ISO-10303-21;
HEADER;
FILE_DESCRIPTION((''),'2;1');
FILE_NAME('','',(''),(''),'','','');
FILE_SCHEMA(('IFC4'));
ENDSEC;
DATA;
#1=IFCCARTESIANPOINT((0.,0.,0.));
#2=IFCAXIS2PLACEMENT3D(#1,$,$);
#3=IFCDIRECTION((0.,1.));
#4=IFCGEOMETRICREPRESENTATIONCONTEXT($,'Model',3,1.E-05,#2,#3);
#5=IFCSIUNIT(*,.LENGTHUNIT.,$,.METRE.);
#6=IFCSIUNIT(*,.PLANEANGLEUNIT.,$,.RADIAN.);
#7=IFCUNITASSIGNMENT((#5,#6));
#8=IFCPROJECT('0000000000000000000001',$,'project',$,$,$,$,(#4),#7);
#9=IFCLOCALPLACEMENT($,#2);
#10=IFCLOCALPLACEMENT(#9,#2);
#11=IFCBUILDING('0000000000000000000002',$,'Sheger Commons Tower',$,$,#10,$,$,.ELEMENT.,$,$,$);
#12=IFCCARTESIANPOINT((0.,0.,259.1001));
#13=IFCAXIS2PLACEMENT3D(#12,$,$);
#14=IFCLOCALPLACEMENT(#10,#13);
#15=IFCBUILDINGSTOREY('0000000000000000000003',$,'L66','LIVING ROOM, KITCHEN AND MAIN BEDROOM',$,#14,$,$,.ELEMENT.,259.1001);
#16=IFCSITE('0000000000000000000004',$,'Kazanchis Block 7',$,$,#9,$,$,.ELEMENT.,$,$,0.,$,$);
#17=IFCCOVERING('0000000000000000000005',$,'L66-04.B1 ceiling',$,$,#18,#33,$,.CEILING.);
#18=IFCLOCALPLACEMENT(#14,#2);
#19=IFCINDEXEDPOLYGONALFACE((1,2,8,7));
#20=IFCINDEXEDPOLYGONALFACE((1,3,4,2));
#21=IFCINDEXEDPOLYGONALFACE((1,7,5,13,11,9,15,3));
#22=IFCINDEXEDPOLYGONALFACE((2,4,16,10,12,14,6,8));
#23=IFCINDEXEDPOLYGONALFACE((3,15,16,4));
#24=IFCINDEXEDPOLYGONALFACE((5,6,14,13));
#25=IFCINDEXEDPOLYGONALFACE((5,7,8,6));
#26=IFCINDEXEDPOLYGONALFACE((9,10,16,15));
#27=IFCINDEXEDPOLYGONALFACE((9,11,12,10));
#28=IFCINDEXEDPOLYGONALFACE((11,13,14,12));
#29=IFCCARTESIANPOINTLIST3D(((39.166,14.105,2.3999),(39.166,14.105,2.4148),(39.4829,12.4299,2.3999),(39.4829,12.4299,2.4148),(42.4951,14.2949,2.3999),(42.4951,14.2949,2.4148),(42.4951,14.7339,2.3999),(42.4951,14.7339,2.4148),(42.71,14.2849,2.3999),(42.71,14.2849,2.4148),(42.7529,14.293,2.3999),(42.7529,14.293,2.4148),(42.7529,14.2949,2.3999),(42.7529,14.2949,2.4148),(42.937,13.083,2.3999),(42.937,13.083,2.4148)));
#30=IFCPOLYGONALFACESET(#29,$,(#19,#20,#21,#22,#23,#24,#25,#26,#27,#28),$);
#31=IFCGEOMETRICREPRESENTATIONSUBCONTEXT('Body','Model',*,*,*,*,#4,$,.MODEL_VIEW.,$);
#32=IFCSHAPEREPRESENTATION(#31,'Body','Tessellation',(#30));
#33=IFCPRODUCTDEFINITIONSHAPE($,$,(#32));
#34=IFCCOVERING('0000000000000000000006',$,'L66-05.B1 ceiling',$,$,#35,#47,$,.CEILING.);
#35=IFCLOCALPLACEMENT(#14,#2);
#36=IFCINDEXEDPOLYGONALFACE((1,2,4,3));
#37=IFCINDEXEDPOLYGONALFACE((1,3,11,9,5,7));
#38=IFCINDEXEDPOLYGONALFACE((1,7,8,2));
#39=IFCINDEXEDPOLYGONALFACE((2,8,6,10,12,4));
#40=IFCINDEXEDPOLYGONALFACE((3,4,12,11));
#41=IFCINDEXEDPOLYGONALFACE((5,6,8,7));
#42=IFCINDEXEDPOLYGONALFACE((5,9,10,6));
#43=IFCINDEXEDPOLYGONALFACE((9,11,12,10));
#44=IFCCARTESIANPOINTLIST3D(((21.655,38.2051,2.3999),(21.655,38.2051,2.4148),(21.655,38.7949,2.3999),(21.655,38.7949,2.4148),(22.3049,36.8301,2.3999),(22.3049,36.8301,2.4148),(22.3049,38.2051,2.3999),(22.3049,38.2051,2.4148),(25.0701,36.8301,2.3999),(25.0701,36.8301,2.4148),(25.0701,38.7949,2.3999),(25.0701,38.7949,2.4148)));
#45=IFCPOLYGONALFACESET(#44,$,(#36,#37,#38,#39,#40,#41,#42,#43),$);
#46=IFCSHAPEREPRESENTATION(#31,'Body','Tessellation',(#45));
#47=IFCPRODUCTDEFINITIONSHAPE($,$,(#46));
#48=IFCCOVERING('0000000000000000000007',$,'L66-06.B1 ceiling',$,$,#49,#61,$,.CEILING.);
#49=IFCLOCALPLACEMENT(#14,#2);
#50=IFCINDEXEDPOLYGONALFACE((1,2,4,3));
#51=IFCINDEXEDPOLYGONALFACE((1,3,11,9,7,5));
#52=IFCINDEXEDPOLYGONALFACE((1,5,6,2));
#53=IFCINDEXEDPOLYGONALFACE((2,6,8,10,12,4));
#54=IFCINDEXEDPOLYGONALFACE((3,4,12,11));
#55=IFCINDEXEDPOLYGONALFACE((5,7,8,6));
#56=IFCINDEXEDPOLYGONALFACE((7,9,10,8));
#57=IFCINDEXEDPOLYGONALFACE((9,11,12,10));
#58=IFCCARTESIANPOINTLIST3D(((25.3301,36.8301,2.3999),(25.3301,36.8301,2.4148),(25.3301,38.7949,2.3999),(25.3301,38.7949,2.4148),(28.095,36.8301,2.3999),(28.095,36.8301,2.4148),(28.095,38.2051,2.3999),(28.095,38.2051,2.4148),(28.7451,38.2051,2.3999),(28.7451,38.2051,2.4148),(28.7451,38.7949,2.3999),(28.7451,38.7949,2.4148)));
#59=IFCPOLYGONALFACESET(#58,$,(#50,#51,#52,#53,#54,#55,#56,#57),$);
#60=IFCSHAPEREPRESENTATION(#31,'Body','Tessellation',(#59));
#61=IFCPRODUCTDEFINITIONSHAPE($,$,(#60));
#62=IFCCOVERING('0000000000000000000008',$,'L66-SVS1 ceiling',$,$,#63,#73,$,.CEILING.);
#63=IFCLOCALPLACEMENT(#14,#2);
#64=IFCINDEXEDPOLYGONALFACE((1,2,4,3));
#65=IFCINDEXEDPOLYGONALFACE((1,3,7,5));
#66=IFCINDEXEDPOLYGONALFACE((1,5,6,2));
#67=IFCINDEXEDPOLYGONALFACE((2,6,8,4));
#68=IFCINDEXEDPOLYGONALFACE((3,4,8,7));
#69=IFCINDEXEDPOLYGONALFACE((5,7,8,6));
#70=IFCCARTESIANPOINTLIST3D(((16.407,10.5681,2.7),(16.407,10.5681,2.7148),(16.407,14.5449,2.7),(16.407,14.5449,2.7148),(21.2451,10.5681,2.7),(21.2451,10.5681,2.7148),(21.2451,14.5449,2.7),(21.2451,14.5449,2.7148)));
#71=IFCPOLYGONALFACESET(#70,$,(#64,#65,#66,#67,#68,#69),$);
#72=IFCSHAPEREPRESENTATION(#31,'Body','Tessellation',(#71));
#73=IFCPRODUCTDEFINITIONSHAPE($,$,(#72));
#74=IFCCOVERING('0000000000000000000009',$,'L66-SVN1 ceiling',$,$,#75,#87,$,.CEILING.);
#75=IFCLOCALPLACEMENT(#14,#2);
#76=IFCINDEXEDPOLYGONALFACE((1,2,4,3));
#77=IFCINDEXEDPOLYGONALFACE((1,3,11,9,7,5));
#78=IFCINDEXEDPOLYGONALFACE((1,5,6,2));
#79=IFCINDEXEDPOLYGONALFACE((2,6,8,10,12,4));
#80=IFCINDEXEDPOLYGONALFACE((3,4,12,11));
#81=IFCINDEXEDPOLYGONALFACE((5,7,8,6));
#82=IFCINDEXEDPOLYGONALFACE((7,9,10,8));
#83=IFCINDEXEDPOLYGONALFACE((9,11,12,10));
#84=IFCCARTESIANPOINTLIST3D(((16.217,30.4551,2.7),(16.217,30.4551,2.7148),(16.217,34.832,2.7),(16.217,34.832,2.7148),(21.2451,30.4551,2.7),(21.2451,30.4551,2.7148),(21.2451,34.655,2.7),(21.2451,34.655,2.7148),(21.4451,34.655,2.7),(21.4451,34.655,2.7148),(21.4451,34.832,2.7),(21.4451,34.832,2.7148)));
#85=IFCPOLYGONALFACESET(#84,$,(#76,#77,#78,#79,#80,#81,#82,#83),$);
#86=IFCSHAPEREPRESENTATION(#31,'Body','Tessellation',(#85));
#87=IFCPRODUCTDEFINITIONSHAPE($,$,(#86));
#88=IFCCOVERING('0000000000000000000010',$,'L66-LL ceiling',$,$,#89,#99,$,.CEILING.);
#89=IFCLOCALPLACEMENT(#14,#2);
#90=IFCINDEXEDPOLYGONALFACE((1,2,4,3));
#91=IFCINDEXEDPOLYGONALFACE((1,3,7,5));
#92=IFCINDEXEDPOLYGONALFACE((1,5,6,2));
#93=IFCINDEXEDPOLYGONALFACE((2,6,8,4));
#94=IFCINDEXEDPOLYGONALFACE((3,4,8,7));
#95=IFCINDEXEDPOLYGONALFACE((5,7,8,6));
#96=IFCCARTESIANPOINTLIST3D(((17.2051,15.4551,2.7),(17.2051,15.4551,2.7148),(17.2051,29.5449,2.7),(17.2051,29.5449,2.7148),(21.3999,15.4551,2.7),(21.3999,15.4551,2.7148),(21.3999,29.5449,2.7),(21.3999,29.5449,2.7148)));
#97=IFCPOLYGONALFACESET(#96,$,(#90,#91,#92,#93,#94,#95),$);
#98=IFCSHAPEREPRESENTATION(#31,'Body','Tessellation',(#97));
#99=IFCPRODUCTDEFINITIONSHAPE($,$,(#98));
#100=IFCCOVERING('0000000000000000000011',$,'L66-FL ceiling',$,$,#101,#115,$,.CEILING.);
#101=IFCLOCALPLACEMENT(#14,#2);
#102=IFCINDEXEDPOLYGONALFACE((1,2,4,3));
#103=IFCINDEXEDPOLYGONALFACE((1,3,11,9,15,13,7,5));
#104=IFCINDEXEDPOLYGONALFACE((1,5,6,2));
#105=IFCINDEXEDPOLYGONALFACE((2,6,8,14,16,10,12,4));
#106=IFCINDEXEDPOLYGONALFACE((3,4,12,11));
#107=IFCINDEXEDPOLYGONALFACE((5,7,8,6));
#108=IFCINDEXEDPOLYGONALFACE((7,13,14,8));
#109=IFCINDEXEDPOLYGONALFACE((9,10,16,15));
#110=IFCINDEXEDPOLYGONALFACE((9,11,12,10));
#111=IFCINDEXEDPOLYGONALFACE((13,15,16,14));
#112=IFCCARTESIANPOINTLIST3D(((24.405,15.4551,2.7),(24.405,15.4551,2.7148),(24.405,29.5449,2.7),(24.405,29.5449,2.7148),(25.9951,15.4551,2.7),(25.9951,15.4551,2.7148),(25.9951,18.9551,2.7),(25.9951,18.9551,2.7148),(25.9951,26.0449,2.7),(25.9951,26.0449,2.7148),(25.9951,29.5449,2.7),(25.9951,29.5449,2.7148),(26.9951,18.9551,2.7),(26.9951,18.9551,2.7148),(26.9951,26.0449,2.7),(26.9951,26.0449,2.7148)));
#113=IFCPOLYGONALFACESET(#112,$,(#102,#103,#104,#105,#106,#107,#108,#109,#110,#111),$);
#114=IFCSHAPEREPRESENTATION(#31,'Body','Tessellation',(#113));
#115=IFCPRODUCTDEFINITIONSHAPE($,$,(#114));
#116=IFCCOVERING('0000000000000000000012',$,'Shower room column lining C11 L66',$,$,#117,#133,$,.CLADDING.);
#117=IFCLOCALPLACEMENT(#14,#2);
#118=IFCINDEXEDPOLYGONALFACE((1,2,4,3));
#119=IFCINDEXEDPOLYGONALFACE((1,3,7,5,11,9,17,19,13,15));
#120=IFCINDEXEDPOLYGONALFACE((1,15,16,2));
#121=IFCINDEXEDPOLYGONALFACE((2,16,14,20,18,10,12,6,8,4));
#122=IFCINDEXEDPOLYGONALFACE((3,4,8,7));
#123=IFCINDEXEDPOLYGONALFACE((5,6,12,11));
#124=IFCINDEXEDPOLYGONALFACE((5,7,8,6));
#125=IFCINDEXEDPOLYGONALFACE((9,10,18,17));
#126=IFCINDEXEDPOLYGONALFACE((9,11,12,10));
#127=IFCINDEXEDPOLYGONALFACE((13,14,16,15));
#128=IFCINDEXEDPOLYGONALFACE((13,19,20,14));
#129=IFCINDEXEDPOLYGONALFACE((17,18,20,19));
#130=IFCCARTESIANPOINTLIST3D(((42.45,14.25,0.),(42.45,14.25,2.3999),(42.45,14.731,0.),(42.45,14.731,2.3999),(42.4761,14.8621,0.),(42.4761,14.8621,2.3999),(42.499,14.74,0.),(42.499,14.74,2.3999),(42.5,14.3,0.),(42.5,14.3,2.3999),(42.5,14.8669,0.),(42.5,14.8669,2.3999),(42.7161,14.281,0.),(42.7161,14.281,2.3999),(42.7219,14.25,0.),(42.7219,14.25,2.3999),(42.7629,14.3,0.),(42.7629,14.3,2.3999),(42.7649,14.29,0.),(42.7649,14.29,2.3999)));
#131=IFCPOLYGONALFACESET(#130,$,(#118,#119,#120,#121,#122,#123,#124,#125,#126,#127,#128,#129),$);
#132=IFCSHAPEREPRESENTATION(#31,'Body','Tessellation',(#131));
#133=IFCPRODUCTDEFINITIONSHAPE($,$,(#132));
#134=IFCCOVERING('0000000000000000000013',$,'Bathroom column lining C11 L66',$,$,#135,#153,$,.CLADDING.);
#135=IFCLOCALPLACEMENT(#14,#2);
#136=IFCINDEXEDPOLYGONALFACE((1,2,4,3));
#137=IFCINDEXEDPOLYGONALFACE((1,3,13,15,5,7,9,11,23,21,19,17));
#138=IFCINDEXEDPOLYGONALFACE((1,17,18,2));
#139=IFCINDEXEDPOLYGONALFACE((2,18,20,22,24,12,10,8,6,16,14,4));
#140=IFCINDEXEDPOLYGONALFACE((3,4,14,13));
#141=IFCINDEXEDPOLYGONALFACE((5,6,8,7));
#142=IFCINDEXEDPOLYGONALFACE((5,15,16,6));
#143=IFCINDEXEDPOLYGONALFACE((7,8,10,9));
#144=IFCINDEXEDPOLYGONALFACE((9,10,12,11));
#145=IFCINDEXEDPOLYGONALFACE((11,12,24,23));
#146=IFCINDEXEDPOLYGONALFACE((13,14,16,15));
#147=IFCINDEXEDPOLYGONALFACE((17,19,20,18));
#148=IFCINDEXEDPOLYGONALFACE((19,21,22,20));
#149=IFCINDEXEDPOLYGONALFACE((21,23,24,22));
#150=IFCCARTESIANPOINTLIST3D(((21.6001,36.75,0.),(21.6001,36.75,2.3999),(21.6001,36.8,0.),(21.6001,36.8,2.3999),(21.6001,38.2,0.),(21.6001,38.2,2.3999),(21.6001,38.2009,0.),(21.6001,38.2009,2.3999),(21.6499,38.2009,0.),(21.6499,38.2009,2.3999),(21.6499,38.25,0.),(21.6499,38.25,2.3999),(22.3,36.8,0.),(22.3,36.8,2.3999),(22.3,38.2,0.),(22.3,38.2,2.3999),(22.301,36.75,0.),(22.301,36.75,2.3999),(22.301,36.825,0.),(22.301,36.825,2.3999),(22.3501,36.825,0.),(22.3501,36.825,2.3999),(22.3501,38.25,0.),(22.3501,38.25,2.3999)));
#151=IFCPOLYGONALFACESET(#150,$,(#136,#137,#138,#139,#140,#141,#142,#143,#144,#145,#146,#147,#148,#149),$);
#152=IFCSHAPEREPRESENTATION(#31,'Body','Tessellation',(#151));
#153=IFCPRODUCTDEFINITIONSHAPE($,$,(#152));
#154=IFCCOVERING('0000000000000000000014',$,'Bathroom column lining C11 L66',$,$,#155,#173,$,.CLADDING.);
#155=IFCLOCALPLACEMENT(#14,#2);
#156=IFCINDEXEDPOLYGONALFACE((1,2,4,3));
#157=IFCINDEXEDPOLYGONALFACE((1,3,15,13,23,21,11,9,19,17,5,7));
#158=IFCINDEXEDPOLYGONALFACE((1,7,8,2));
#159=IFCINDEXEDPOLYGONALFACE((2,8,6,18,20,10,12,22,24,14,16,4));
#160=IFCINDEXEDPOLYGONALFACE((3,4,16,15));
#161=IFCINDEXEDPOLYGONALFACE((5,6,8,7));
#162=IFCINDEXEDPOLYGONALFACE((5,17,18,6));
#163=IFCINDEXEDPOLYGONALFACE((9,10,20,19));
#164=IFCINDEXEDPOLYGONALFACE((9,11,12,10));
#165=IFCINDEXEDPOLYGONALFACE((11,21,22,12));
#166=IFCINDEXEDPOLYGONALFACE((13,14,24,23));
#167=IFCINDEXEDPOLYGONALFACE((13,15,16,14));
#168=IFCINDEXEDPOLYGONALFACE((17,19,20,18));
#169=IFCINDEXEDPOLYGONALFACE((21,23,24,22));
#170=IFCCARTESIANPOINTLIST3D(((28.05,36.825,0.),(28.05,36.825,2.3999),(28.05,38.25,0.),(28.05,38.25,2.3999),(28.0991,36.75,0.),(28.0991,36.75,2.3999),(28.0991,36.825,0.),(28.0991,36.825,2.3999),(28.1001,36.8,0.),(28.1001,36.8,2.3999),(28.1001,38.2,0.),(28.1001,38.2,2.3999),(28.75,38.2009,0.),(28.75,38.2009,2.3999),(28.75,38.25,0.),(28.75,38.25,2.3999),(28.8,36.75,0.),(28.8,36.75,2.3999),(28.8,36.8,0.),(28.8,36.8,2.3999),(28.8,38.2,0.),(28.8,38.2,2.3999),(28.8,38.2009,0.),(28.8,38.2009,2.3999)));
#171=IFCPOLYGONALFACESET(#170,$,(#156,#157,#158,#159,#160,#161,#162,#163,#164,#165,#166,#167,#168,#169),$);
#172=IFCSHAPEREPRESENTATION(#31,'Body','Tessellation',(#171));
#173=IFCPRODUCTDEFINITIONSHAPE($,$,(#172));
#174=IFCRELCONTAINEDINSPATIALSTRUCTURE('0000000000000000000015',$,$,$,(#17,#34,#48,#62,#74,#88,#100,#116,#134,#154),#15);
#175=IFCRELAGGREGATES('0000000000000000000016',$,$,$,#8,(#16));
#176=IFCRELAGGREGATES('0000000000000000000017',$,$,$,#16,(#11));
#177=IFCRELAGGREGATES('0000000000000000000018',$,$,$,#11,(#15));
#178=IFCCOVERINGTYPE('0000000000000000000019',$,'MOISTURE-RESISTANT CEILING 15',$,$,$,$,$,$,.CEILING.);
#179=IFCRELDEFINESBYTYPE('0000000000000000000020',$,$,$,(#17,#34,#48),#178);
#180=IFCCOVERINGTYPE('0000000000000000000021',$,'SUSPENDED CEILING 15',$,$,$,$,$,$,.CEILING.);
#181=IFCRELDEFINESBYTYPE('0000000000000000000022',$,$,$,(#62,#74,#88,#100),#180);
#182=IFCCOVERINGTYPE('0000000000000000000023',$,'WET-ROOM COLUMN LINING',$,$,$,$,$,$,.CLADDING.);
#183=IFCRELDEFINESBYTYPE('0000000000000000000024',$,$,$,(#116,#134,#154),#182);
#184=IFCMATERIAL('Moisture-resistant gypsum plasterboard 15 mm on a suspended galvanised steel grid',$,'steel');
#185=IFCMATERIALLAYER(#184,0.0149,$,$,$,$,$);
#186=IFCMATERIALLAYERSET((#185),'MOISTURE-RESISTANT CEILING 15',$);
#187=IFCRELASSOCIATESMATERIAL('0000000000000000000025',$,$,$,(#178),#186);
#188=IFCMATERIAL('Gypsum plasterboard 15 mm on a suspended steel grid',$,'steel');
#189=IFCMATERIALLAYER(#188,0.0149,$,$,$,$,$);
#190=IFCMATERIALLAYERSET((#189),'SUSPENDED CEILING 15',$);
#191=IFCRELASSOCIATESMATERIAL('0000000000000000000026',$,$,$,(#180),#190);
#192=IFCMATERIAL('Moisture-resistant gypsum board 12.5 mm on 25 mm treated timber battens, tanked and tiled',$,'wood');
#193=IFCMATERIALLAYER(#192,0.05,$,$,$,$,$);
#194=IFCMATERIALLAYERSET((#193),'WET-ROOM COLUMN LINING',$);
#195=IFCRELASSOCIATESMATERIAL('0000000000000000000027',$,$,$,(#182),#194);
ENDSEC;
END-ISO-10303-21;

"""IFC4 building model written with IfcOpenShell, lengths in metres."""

from ifc_helpers import new_model, si_unit, direction, frame, origin, place, context, subcontext, project, spatial, polyline, outline, extrude, material, layer, layer_set, type_object, element, save


model = new_model("IFC4")

# Units and contexts
model_context = context("Model", 3, precision=1e-05, world=origin(), true_north=direction((0.0, 1.0)))
body_context = subcontext(model_context, "Body", "Model", "MODEL_VIEW")
ifc_project = project(units=[si_unit("LENGTHUNIT", "METRE"), si_unit("PLANEANGLEUNIT", "RADIAN")], contexts=[model_context])

# Site, building, storey
site_placement = place(None, origin())
site = spatial("IfcSite", under=ifc_project, at=site_placement, Name="Kazanchis Block 7", CompositionType="ELEMENT", RefElevation=0.0)
building_placement = place(site_placement, origin())
building = spatial("IfcBuilding", under=site, at=building_placement, Name="Sheger Commons Tower", CompositionType="ELEMENT")
storey_placement = place(building_placement, frame((0.0, 0.0, 259.1001)))
storey = spatial("IfcBuildingStorey", under=building, at=storey_placement, Name="L66", Description="LIVING ROOM, KITCHEN AND MAIN BEDROOM", CompositionType="ELEMENT", Elevation=259.1001)

# Coverings
ifc_material_1 = material(Name="Moisture-resistant gypsum plasterboard 15 mm on a suspended galvanised steel grid", Category="steel")
ifc_layer_1 = layer(ifc_material_1, 0.0149)
ifc_layer_set_1 = layer_set([ifc_layer_1], Name="MOISTURE-RESISTANT CEILING 15")
covering_type_1 = type_object("IfcCoveringType", Name="MOISTURE-RESISTANT CEILING 15", PredefinedType="CEILING", material=ifc_layer_set_1)
covering_1_placement = place(storey_placement, frame((0.0, 0.0, 2.3999)))
element("IfcCovering", 1, at=covering_1_placement, inside=storey, type_object=covering_type_1, Name="L66-04.B1 ceiling", PredefinedType="CEILING", context=body_context, shape_type="SweptSolid", body=[
    extrude(outline(polyline([(39.4829, 12.4299), (42.937, 13.083), (42.71, 14.2849), (42.7529, 14.293), (42.7529, 14.2949), (42.4951, 14.2949), (42.4951, 14.7339), (39.166, 14.105), (39.4829, 12.4299)])), origin(), (0.0, 0.0, 1.0), 0.0149),
])
covering_2_placement = place(storey_placement, frame((0.0, 0.0, 2.3999)))
element("IfcCovering", 2, at=covering_2_placement, inside=storey, type_object=covering_type_1, Name="L66-05.B1 ceiling", PredefinedType="CEILING", context=body_context, shape_type="SweptSolid", body=[
    extrude(outline(polyline([(22.3049, 36.8301), (25.0701, 36.8301), (25.0701, 38.7949), (21.655, 38.7949), (21.655, 38.2051), (22.3049, 38.2051), (22.3049, 36.8301)])), origin(), (0.0, 0.0, 1.0), 0.0149),
])
covering_3_placement = place(storey_placement, frame((0.0, 0.0, 2.3999)))
element("IfcCovering", 3, at=covering_3_placement, inside=storey, type_object=covering_type_1, Name="L66-06.B1 ceiling", PredefinedType="CEILING", context=body_context, shape_type="SweptSolid", body=[
    extrude(outline(polyline([(25.3301, 36.8301), (28.095, 36.8301), (28.095, 38.2051), (28.7451, 38.2051), (28.7451, 38.7949), (25.3301, 38.7949), (25.3301, 36.8301)])), origin(), (0.0, 0.0, 1.0), 0.0149),
])
ifc_material_2 = material(Name="Gypsum plasterboard 15 mm on a suspended steel grid", Category="steel")
ifc_layer_2 = layer(ifc_material_2, 0.0149)
ifc_layer_set_2 = layer_set([ifc_layer_2], Name="SUSPENDED CEILING 15")
covering_type_2 = type_object("IfcCoveringType", Name="SUSPENDED CEILING 15", PredefinedType="CEILING", material=ifc_layer_set_2)
covering_4_placement = place(storey_placement, frame((0.0, 0.0, 2.7)))
element("IfcCovering", 4, at=covering_4_placement, inside=storey, type_object=covering_type_2, Name="L66-SVS1 ceiling", PredefinedType="CEILING", context=body_context, shape_type="SweptSolid", body=[
    extrude(outline(polyline([(16.407, 10.5681), (21.2451, 10.5681), (21.2451, 14.5449), (16.407, 14.5449), (16.407, 10.5681)])), origin(), (0.0, 0.0, 1.0), 0.0149),
])
covering_5_placement = place(storey_placement, frame((0.0, 0.0, 2.7)))
element("IfcCovering", 5, at=covering_5_placement, inside=storey, type_object=covering_type_2, Name="L66-SVN1 ceiling", PredefinedType="CEILING", context=body_context, shape_type="SweptSolid", body=[
    extrude(outline(polyline([(16.217, 30.4551), (21.2451, 30.4551), (21.2451, 34.655), (21.4451, 34.655), (21.4451, 34.832), (16.217, 34.832), (16.217, 30.4551)])), origin(), (0.0, 0.0, 1.0), 0.0149),
])
covering_6_placement = place(storey_placement, frame((0.0, 0.0, 2.7)))
element("IfcCovering", 6, at=covering_6_placement, inside=storey, type_object=covering_type_2, Name="L66-LL ceiling", PredefinedType="CEILING", context=body_context, shape_type="SweptSolid", body=[
    extrude(outline(polyline([(17.2051, 15.4551), (21.3999, 15.4551), (21.3999, 29.5449), (17.2051, 29.5449), (17.2051, 15.4551)])), origin(), (0.0, 0.0, 1.0), 0.0149),
])
covering_7_placement = place(storey_placement, frame((0.0, 0.0, 2.7)))
element("IfcCovering", 7, at=covering_7_placement, inside=storey, type_object=covering_type_2, Name="L66-FL ceiling", PredefinedType="CEILING", context=body_context, shape_type="SweptSolid", body=[
    extrude(outline(polyline([(24.405, 15.4551), (25.9951, 15.4551), (25.9951, 18.9551), (26.9951, 18.9551), (26.9951, 26.0449), (25.9951, 26.0449), (25.9951, 29.5449), (24.405, 29.5449), (24.405, 15.4551)])), origin(), (0.0, 0.0, 1.0), 0.0149),
])
ifc_material_3 = material(Name="Moisture-resistant gypsum board 12.5 mm on 25 mm treated timber battens, tanked and tiled", Category="wood")
ifc_layer_3 = layer(ifc_material_3, 0.05)
ifc_layer_set_3 = layer_set([ifc_layer_3], Name="WET-ROOM COLUMN LINING")
covering_type_3 = type_object("IfcCoveringType", Name="WET-ROOM COLUMN LINING", PredefinedType="CLADDING", material=ifc_layer_set_3)
covering_8_placement = place(storey_placement, origin())
element("IfcCovering", 8, at=covering_8_placement, inside=storey, type_object=covering_type_3, Name="Shower room column lining C11 L66", PredefinedType="CLADDING", context=body_context, shape_type="SweptSolid", body=[
    extrude(outline(polyline([(42.5, 14.8669), (42.5, 14.3), (42.7629, 14.3), (42.7649, 14.29), (42.7161, 14.281), (42.7219, 14.25), (42.45, 14.25), (42.45, 14.731), (42.499, 14.74), (42.4761, 14.8621), (42.5, 14.8669)])), origin(), (0.0, 0.0, 1.0), 2.3999),
])
covering_9_placement = place(storey_placement, origin())
element("IfcCovering", 9, at=covering_9_placement, inside=storey, type_object=covering_type_3, Name="Bathroom column lining C11 L66", PredefinedType="CLADDING", context=body_context, shape_type="SweptSolid", body=[
    extrude(outline(polyline([(22.3501, 36.825), (22.301, 36.825), (22.301, 36.75), (21.6001, 36.75), (21.6001, 36.8), (22.3, 36.8), (22.3, 38.2), (21.6001, 38.2), (21.6001, 38.2009), (21.6499, 38.2009), (21.6499, 38.25), (22.3501, 38.25), (22.3501, 36.825)])), origin(), (0.0, 0.0, 1.0), 2.3999),
])
covering_10_placement = place(storey_placement, origin())
element("IfcCovering", 10, at=covering_10_placement, inside=storey, type_object=covering_type_3, Name="Bathroom column lining C11 L66", PredefinedType="CLADDING", context=body_context, shape_type="SweptSolid", body=[
    extrude(outline(polyline([(28.75, 38.25), (28.75, 38.2009), (28.8, 38.2009), (28.8, 38.2), (28.1001, 38.2), (28.1001, 36.8), (28.8, 36.8), (28.8, 36.75), (28.0991, 36.75), (28.0991, 36.825), (28.05, 36.825), (28.05, 38.25), (28.75, 38.25)])), origin(), (0.0, 0.0, 1.0), 2.3999),
])

save(model, "model.ifc")
